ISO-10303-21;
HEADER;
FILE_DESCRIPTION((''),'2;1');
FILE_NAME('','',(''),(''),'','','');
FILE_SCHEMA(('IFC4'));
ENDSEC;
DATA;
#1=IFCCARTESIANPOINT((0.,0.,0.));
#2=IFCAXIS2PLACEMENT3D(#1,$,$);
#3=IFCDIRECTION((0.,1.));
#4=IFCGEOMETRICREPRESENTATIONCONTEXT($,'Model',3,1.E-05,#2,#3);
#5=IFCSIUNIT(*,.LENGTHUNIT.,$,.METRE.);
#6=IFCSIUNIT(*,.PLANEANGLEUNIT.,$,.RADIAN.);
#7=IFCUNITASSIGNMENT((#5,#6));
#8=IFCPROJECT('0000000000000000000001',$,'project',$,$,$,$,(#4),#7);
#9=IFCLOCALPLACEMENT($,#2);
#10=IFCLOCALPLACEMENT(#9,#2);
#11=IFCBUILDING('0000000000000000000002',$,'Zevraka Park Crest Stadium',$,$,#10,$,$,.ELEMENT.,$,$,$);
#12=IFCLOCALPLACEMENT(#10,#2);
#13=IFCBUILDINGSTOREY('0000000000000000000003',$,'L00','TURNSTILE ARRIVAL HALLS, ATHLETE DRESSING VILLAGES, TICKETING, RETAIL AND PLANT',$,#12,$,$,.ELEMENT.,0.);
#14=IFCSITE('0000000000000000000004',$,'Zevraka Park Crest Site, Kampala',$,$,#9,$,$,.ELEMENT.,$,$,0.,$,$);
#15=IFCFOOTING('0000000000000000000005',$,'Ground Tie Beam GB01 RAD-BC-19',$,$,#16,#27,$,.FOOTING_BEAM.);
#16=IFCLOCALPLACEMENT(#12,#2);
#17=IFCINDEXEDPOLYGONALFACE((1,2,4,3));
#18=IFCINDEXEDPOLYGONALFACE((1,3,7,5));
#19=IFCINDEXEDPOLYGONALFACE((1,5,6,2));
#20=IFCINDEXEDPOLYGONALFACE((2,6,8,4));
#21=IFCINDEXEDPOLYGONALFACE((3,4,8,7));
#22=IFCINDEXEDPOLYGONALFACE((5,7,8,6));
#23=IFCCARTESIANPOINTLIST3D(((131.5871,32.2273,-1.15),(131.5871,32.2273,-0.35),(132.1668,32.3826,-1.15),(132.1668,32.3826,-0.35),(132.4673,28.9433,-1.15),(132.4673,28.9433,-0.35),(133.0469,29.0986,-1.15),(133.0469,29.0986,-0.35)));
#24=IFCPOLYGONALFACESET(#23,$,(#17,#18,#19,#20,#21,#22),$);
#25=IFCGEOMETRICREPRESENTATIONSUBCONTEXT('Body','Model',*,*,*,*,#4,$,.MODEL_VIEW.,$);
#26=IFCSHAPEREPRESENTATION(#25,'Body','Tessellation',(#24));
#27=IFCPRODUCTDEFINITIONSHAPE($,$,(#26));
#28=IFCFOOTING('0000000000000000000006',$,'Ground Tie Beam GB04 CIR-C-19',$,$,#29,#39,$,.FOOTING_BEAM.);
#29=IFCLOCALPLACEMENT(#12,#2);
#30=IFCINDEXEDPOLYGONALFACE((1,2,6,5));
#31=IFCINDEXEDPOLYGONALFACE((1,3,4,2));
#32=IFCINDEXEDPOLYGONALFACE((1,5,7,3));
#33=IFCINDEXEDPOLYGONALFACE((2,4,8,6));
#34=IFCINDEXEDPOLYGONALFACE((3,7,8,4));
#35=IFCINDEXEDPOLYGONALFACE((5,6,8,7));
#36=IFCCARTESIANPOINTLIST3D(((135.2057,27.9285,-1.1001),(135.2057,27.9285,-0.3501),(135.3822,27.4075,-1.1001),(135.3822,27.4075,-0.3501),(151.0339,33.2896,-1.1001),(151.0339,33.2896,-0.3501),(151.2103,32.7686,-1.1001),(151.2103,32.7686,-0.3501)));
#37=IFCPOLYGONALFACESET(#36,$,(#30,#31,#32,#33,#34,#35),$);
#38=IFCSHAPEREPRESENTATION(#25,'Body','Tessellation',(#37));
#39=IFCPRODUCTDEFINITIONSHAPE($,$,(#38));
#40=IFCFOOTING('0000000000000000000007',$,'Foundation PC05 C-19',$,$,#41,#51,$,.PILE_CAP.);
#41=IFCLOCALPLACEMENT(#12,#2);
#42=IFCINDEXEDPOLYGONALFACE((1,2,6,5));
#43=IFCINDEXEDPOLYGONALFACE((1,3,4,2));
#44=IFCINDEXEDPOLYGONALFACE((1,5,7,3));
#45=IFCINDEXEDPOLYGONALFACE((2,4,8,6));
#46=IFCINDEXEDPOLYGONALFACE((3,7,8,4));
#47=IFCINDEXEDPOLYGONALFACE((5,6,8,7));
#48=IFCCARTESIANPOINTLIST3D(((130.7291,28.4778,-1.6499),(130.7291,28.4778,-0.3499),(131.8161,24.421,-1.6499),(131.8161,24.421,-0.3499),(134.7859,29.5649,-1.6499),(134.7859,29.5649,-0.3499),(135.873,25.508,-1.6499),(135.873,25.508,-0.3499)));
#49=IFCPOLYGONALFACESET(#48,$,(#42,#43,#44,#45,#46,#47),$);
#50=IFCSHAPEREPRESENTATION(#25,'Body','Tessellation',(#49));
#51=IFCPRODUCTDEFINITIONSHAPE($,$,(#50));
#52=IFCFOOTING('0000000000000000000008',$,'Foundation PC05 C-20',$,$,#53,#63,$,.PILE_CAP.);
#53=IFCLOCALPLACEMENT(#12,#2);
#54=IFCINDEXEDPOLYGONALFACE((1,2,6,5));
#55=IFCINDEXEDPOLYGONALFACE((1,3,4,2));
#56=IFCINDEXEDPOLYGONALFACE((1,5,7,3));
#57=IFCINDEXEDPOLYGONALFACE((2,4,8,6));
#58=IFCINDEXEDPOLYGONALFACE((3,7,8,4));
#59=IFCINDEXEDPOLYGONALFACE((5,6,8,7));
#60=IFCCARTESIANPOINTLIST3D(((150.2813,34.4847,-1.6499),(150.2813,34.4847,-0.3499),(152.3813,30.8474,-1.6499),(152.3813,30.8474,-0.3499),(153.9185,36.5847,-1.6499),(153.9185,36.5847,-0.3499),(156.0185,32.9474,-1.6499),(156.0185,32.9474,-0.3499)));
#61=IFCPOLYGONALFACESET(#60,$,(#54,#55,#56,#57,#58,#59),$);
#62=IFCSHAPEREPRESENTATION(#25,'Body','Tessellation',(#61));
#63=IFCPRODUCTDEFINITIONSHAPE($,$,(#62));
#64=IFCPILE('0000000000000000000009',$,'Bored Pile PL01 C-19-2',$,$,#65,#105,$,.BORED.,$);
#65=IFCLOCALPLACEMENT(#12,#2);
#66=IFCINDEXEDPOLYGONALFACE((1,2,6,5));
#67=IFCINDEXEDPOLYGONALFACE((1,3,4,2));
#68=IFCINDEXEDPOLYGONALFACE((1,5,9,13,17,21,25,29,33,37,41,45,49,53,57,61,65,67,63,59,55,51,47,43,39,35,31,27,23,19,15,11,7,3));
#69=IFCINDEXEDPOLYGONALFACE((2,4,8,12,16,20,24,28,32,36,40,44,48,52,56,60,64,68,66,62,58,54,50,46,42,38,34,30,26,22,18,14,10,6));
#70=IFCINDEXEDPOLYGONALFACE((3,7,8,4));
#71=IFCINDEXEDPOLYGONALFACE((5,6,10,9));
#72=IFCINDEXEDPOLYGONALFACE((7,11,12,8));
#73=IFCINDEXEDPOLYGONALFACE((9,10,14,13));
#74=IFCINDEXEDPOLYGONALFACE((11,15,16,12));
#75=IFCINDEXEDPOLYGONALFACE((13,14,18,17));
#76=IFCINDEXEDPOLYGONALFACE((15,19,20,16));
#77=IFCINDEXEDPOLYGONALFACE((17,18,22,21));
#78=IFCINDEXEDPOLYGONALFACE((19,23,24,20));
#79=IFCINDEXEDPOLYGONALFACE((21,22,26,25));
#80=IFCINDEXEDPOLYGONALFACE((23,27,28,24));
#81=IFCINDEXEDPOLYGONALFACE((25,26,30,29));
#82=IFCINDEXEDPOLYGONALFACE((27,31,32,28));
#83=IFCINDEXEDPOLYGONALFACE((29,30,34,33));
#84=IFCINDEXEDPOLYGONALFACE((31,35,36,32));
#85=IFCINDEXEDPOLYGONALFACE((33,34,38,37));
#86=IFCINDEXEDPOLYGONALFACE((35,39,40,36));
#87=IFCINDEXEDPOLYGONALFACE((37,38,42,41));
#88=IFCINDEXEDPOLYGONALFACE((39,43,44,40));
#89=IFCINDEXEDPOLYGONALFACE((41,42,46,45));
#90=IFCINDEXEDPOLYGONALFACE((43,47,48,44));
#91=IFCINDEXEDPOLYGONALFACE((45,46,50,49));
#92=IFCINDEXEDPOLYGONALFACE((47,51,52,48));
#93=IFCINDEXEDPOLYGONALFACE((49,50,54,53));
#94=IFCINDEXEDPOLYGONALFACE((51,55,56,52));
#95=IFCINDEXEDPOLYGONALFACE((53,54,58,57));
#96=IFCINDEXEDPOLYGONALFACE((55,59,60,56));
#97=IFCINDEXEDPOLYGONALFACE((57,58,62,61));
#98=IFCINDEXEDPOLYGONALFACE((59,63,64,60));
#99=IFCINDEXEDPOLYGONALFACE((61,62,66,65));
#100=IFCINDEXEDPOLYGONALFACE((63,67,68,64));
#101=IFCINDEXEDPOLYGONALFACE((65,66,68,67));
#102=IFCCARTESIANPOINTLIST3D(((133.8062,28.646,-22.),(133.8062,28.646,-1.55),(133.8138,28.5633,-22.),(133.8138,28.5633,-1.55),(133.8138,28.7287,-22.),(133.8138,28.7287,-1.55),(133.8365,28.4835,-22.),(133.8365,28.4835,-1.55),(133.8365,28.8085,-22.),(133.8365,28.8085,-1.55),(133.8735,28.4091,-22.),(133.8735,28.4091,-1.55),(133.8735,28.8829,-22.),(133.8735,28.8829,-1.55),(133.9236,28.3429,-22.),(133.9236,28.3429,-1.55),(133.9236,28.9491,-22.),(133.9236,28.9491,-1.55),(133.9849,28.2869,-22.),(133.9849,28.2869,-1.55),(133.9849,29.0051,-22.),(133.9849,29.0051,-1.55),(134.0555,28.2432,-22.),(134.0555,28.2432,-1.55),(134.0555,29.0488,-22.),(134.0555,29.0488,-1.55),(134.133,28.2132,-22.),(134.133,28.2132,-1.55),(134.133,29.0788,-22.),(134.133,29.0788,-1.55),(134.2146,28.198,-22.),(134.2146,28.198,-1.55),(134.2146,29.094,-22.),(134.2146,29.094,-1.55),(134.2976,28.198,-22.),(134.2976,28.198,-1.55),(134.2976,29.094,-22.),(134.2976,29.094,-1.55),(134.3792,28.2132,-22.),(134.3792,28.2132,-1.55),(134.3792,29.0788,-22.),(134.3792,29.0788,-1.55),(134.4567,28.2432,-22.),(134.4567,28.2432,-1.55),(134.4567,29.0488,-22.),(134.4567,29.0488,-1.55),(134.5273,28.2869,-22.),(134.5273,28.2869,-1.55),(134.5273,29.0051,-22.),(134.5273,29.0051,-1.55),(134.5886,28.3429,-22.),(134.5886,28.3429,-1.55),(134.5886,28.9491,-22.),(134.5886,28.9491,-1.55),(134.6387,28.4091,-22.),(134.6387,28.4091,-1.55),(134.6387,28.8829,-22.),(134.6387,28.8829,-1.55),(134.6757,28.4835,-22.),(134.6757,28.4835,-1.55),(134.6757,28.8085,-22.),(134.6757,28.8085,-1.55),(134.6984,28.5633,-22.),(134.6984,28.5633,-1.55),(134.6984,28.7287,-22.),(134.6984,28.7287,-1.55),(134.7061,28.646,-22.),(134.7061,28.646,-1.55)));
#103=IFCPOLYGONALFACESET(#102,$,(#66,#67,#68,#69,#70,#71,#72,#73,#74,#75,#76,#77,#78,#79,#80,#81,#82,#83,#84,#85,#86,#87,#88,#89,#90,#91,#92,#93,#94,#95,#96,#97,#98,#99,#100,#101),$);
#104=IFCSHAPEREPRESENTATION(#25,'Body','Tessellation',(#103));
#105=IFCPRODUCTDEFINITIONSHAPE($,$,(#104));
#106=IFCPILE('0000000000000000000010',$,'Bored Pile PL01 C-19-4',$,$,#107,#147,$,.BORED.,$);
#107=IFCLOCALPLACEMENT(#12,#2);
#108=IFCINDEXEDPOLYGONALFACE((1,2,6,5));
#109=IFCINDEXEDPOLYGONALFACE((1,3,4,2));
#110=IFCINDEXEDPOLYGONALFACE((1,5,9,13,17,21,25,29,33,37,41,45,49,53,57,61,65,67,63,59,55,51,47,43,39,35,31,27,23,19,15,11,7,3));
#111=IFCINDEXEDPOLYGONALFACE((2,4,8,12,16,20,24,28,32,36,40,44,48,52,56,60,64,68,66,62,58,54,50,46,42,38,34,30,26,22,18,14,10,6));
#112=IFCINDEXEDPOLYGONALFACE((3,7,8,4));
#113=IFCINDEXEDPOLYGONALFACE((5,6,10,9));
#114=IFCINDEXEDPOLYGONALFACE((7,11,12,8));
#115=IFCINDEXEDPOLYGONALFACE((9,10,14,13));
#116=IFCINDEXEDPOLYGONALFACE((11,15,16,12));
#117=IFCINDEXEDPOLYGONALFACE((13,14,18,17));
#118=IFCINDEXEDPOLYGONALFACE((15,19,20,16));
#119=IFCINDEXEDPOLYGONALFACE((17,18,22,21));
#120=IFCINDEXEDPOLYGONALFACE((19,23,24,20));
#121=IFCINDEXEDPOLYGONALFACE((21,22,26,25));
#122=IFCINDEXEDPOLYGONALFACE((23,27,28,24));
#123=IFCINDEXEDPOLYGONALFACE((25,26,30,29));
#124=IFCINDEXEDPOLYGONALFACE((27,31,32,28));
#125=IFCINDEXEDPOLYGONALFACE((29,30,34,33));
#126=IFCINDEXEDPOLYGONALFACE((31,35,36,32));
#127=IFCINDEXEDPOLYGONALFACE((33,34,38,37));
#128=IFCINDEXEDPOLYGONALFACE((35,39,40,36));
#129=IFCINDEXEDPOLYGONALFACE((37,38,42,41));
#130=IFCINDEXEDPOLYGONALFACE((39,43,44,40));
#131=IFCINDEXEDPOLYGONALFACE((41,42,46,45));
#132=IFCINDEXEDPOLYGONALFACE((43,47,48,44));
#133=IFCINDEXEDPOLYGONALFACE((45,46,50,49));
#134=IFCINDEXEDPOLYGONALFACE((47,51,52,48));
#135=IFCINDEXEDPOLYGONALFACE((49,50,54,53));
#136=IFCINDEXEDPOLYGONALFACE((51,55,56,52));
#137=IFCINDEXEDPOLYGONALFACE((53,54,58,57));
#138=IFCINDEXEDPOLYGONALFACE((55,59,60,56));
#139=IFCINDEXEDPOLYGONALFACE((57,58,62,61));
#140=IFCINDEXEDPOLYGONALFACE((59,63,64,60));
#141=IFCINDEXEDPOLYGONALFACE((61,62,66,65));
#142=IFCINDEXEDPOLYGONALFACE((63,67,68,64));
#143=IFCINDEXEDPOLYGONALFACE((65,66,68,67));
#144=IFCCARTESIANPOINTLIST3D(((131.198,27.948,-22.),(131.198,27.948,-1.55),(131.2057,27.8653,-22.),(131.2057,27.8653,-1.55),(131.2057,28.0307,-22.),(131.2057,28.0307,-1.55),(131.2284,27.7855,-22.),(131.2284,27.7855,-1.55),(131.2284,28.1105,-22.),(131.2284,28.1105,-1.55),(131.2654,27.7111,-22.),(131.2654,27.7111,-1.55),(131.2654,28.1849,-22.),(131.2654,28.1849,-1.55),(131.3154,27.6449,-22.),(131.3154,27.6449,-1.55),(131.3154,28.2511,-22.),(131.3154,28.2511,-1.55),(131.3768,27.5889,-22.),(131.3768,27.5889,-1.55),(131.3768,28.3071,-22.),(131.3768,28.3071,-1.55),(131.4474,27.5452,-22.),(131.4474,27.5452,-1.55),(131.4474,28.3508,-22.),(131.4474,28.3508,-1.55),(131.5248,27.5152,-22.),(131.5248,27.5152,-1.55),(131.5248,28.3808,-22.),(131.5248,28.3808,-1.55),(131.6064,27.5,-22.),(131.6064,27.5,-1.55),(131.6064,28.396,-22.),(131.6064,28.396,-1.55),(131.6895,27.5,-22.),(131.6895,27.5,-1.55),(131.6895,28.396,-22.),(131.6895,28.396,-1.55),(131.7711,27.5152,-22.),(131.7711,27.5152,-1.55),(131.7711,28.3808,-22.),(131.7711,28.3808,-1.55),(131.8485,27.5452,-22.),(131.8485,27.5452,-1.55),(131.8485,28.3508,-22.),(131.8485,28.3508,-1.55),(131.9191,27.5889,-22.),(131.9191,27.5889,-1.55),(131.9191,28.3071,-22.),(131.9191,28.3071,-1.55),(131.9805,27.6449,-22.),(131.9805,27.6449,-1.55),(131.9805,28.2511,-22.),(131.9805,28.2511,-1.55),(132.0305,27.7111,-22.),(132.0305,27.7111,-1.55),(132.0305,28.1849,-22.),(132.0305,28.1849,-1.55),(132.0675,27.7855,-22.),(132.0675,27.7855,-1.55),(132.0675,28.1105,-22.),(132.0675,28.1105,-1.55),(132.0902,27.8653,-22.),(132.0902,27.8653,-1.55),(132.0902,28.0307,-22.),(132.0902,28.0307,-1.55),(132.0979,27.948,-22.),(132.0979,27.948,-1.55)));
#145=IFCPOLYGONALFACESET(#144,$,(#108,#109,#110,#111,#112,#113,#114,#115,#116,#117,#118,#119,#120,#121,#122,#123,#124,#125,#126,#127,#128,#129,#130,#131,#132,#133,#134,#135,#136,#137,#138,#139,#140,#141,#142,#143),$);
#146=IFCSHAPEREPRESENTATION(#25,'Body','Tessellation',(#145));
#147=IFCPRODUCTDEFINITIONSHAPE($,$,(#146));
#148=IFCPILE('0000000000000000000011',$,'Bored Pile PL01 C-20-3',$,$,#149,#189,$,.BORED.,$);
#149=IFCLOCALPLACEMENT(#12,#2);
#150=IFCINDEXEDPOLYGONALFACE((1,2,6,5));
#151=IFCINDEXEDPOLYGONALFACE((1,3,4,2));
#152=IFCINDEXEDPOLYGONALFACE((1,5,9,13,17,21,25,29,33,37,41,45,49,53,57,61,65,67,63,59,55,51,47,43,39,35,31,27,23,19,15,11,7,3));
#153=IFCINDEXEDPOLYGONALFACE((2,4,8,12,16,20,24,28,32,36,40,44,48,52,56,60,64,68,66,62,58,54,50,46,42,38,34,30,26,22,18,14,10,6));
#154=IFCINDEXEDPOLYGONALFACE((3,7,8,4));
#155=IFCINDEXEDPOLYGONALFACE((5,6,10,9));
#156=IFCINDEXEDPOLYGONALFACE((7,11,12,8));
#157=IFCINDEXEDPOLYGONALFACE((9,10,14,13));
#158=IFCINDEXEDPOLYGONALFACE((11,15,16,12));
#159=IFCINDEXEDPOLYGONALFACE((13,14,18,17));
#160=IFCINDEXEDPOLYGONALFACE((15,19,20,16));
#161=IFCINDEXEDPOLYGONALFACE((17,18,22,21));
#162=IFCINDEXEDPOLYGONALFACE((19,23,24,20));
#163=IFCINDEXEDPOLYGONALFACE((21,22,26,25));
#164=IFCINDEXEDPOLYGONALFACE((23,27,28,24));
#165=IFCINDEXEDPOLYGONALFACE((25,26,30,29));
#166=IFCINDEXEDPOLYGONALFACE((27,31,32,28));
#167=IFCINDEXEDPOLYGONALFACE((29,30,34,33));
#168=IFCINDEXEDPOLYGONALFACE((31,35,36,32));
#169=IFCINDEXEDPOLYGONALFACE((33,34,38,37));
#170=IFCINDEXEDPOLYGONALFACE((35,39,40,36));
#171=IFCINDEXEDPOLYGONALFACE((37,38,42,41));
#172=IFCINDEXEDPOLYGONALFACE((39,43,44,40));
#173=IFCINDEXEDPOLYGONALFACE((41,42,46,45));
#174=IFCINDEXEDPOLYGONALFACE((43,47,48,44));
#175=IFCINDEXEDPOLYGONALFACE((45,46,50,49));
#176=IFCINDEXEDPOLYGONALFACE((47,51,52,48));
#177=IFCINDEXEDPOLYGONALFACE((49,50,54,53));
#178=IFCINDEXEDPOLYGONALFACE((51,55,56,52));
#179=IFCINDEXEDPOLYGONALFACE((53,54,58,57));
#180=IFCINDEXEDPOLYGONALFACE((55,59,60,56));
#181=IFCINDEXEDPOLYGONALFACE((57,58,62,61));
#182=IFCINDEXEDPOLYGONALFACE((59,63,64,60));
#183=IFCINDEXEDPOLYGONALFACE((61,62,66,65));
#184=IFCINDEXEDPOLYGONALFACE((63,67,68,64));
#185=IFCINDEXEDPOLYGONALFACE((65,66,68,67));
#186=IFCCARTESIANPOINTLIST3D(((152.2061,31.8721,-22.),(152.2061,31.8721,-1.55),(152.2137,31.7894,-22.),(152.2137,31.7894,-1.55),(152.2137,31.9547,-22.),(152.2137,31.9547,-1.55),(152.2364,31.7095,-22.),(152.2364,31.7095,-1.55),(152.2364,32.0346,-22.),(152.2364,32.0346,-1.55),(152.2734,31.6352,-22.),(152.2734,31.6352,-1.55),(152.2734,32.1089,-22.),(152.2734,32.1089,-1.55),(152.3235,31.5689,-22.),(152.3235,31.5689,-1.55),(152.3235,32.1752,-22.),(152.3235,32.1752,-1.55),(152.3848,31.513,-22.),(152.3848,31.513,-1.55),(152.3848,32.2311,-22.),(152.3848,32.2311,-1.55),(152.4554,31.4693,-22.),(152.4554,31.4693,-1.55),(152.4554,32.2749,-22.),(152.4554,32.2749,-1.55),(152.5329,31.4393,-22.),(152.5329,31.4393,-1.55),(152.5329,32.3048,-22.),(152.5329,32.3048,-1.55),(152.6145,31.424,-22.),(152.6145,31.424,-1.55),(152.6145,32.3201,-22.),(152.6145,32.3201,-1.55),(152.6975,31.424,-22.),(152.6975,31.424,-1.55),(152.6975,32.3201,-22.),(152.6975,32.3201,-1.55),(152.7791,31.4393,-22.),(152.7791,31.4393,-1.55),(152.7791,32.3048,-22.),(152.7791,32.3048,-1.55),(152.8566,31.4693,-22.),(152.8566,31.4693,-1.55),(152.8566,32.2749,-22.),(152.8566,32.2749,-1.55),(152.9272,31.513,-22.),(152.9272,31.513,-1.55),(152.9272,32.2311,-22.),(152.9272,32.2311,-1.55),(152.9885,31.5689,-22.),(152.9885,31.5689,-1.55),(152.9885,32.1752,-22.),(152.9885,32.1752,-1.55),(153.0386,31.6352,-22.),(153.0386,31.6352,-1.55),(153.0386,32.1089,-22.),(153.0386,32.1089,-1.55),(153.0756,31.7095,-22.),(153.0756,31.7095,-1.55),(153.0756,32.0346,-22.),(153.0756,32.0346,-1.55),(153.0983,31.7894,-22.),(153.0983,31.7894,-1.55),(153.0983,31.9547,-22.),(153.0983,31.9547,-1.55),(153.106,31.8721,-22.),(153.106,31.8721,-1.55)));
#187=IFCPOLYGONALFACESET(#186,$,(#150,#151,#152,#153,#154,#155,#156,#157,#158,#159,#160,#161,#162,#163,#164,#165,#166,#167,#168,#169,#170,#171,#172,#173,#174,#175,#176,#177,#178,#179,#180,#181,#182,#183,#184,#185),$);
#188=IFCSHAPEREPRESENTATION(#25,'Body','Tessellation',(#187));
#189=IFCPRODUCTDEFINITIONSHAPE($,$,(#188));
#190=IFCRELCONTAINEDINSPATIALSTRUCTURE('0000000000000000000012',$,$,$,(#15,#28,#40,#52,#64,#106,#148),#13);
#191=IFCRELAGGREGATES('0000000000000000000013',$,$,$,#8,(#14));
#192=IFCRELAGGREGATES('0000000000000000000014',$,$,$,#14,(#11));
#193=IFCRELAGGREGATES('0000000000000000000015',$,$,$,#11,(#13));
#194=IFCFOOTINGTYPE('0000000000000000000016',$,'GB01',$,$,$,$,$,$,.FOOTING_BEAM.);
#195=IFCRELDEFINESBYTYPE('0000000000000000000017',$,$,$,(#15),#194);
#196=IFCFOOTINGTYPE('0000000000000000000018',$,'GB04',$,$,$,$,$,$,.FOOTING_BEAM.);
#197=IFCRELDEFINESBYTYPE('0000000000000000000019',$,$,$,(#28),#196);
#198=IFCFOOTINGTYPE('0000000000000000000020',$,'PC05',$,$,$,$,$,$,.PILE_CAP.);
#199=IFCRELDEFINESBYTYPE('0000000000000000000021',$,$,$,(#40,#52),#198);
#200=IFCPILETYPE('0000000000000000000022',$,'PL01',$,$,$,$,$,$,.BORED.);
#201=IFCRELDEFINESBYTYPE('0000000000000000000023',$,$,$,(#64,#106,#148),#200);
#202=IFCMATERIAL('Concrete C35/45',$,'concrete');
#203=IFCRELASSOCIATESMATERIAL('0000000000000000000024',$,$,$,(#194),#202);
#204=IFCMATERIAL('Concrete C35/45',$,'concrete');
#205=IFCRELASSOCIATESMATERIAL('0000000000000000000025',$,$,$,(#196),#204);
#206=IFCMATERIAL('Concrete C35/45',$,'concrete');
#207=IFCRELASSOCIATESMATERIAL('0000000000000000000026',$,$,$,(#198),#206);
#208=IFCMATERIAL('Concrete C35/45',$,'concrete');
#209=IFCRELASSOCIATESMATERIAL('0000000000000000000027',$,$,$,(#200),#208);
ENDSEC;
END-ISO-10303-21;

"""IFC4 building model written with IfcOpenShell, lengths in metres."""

from ifc_helpers import new_model, si_unit, direction, frame, origin, origin_2d, place, context, subcontext, project, spatial, rectangle, circle, extrude, material, material_profile, profile_set, type_object, element, save


model = new_model("IFC4")

# Units and contexts
model_context = context("Model", 3, precision=1e-05, world=origin(), true_north=direction((0.0, 1.0)))
body_context = subcontext(model_context, "Body", "Model", "MODEL_VIEW")
ifc_project = project(units=[si_unit("LENGTHUNIT", "METRE"), si_unit("PLANEANGLEUNIT", "RADIAN")], contexts=[model_context])

# Site, building, storey
site_placement = place(None, origin())
site = spatial("IfcSite", under=ifc_project, at=site_placement, Name="Zevraka Park Crest Site, Kampala", CompositionType="ELEMENT", RefElevation=0.0)
building_placement = place(site_placement, origin())
building = spatial("IfcBuilding", under=site, at=building_placement, Name="Zevraka Park Crest Stadium", CompositionType="ELEMENT")
storey_placement = place(building_placement, origin())
storey = spatial("IfcBuildingStorey", under=building, at=storey_placement, Name="L00", Description="TURNSTILE ARRIVAL HALLS, ATHLETE DRESSING VILLAGES, TICKETING, RETAIL AND PLANT", CompositionType="ELEMENT", Elevation=0.0)

# Footings
ifc_material_1 = material(Name="Concrete C35/45", Category="concrete")
ifc_material_profile_1 = material_profile(ifc_material_1, rectangle(XDim=0.6001, YDim=0.8, at=origin_2d()), Name="GB 800x600")
ifc_profile_set_1 = profile_set([ifc_material_profile_1], Name="Concrete C35/45")
footing_type_1 = type_object("IfcFootingType", Name="GB01", PredefinedType="FOOTING_BEAM", material=ifc_profile_set_1)
footing_1_placement = place(storey_placement, frame((131.877, 32.3049, -0.75), z_axis=(0.258874, -0.965911, 0.0), x_axis=(0.965911, 0.258874, 0.0)))
element("IfcFooting", 1, at=footing_1_placement, inside=storey, type_object=footing_type_1, Name="Ground Tie Beam GB01 RAD-BC-19", PredefinedType="FOOTING_BEAM", context=body_context, shape_type="SweptSolid", body=[
    extrude(rectangle(XDim=0.6001, YDim=0.8, at=origin_2d()), origin(), (0.0, 0.0, 1.0), 3.3999),
])
ifc_material_2 = material(Name="Concrete C35/45", Category="concrete")
ifc_material_profile_2 = material_profile(ifc_material_2, rectangle(XDim=0.55, YDim=0.75, at=origin_2d()), Name="GB 750x550")
ifc_profile_set_2 = profile_set([ifc_material_profile_2], Name="Concrete C35/45")
footing_type_2 = type_object("IfcFootingType", Name="GB04", PredefinedType="FOOTING_BEAM", material=ifc_profile_set_2)
footing_2_placement = place(storey_placement, frame((135.2939, 27.668, -0.7251), z_axis=(0.947146, 0.320804, 0.0), x_axis=(-0.320804, 0.947146, 0.0)))
element("IfcFooting", 2, at=footing_2_placement, inside=storey, type_object=footing_type_2, Name="Ground Tie Beam GB04 CIR-C-19", PredefinedType="FOOTING_BEAM", context=body_context, shape_type="SweptSolid", body=[
    extrude(rectangle(XDim=0.55, YDim=0.75, at=origin_2d()), origin(), (0.0, 0.0, 1.0), 16.7114),
])
ifc_material_3 = material(Name="Concrete C35/45", Category="concrete")
footing_type_3 = type_object("IfcFootingType", Name="PC05", PredefinedType="PILE_CAP", material=ifc_material_3)
for number, where, z_axis, x_axis, name in (
    (3, (133.301, 26.9929, -1.6499), (0.0, 0.0, 1.0), (-0.258819, 0.965926, 0.0), "Foundation PC05 C-19"),
    (4, (153.1499, 33.7161, -1.6499), (0.0, 0.0, 1.0), (-0.5, 0.866025, 0.0), "Foundation PC05 C-20"),
):
    element("IfcFooting", number, at=place(storey_placement, frame(where, z_axis=z_axis, x_axis=x_axis)), inside=storey, type_object=footing_type_3, Name=name, PredefinedType="PILE_CAP", context=body_context, shape_type="SweptSolid", body=[
        extrude(rectangle(XDim=4.2, YDim=4.2, at=origin_2d()), origin(), (0.0, 0.0, 1.0), 1.3),
    ])

# Piles
ifc_material_4 = material(Name="Concrete C35/45", Category="concrete")
ifc_material_profile_3 = material_profile(ifc_material_4, circle(Radius=0.45, at=origin_2d()), Name="PILE D900")
ifc_profile_set_3 = profile_set([ifc_material_profile_3], Name="Concrete C35/45")
pile_type_1 = type_object("IfcPileType", Name="PL01", PredefinedType="BORED", material=ifc_profile_set_3)
for number, where, z_axis, x_axis, name in (
    (5, (134.2561, 28.646, -1.55), (0.0, 0.0, -1.0), (1.0, 0.0, 0.0), "Bored Pile PL01 C-19-2"),
    (6, (131.6479, 27.948, -1.55), (0.0, 0.0, -1.0), (1.0, 0.0, 0.0), "Bored Pile PL01 C-19-4"),
    (7, (152.656, 31.8721, -1.55), (0.0, 0.0, -1.0), (1.0, 0.0, 0.0), "Bored Pile PL01 C-20-3"),
):
    element("IfcPile", number, at=place(storey_placement, frame(where, z_axis=z_axis, x_axis=x_axis)), inside=storey, type_object=pile_type_1, Name=name, PredefinedType="BORED", context=body_context, shape_type="SweptSolid", body=[
        extrude(circle(Radius=0.45, at=origin_2d()), origin(), (0.0, 0.0, 1.0), 20.45),
    ])

save(model, "model.ifc")
